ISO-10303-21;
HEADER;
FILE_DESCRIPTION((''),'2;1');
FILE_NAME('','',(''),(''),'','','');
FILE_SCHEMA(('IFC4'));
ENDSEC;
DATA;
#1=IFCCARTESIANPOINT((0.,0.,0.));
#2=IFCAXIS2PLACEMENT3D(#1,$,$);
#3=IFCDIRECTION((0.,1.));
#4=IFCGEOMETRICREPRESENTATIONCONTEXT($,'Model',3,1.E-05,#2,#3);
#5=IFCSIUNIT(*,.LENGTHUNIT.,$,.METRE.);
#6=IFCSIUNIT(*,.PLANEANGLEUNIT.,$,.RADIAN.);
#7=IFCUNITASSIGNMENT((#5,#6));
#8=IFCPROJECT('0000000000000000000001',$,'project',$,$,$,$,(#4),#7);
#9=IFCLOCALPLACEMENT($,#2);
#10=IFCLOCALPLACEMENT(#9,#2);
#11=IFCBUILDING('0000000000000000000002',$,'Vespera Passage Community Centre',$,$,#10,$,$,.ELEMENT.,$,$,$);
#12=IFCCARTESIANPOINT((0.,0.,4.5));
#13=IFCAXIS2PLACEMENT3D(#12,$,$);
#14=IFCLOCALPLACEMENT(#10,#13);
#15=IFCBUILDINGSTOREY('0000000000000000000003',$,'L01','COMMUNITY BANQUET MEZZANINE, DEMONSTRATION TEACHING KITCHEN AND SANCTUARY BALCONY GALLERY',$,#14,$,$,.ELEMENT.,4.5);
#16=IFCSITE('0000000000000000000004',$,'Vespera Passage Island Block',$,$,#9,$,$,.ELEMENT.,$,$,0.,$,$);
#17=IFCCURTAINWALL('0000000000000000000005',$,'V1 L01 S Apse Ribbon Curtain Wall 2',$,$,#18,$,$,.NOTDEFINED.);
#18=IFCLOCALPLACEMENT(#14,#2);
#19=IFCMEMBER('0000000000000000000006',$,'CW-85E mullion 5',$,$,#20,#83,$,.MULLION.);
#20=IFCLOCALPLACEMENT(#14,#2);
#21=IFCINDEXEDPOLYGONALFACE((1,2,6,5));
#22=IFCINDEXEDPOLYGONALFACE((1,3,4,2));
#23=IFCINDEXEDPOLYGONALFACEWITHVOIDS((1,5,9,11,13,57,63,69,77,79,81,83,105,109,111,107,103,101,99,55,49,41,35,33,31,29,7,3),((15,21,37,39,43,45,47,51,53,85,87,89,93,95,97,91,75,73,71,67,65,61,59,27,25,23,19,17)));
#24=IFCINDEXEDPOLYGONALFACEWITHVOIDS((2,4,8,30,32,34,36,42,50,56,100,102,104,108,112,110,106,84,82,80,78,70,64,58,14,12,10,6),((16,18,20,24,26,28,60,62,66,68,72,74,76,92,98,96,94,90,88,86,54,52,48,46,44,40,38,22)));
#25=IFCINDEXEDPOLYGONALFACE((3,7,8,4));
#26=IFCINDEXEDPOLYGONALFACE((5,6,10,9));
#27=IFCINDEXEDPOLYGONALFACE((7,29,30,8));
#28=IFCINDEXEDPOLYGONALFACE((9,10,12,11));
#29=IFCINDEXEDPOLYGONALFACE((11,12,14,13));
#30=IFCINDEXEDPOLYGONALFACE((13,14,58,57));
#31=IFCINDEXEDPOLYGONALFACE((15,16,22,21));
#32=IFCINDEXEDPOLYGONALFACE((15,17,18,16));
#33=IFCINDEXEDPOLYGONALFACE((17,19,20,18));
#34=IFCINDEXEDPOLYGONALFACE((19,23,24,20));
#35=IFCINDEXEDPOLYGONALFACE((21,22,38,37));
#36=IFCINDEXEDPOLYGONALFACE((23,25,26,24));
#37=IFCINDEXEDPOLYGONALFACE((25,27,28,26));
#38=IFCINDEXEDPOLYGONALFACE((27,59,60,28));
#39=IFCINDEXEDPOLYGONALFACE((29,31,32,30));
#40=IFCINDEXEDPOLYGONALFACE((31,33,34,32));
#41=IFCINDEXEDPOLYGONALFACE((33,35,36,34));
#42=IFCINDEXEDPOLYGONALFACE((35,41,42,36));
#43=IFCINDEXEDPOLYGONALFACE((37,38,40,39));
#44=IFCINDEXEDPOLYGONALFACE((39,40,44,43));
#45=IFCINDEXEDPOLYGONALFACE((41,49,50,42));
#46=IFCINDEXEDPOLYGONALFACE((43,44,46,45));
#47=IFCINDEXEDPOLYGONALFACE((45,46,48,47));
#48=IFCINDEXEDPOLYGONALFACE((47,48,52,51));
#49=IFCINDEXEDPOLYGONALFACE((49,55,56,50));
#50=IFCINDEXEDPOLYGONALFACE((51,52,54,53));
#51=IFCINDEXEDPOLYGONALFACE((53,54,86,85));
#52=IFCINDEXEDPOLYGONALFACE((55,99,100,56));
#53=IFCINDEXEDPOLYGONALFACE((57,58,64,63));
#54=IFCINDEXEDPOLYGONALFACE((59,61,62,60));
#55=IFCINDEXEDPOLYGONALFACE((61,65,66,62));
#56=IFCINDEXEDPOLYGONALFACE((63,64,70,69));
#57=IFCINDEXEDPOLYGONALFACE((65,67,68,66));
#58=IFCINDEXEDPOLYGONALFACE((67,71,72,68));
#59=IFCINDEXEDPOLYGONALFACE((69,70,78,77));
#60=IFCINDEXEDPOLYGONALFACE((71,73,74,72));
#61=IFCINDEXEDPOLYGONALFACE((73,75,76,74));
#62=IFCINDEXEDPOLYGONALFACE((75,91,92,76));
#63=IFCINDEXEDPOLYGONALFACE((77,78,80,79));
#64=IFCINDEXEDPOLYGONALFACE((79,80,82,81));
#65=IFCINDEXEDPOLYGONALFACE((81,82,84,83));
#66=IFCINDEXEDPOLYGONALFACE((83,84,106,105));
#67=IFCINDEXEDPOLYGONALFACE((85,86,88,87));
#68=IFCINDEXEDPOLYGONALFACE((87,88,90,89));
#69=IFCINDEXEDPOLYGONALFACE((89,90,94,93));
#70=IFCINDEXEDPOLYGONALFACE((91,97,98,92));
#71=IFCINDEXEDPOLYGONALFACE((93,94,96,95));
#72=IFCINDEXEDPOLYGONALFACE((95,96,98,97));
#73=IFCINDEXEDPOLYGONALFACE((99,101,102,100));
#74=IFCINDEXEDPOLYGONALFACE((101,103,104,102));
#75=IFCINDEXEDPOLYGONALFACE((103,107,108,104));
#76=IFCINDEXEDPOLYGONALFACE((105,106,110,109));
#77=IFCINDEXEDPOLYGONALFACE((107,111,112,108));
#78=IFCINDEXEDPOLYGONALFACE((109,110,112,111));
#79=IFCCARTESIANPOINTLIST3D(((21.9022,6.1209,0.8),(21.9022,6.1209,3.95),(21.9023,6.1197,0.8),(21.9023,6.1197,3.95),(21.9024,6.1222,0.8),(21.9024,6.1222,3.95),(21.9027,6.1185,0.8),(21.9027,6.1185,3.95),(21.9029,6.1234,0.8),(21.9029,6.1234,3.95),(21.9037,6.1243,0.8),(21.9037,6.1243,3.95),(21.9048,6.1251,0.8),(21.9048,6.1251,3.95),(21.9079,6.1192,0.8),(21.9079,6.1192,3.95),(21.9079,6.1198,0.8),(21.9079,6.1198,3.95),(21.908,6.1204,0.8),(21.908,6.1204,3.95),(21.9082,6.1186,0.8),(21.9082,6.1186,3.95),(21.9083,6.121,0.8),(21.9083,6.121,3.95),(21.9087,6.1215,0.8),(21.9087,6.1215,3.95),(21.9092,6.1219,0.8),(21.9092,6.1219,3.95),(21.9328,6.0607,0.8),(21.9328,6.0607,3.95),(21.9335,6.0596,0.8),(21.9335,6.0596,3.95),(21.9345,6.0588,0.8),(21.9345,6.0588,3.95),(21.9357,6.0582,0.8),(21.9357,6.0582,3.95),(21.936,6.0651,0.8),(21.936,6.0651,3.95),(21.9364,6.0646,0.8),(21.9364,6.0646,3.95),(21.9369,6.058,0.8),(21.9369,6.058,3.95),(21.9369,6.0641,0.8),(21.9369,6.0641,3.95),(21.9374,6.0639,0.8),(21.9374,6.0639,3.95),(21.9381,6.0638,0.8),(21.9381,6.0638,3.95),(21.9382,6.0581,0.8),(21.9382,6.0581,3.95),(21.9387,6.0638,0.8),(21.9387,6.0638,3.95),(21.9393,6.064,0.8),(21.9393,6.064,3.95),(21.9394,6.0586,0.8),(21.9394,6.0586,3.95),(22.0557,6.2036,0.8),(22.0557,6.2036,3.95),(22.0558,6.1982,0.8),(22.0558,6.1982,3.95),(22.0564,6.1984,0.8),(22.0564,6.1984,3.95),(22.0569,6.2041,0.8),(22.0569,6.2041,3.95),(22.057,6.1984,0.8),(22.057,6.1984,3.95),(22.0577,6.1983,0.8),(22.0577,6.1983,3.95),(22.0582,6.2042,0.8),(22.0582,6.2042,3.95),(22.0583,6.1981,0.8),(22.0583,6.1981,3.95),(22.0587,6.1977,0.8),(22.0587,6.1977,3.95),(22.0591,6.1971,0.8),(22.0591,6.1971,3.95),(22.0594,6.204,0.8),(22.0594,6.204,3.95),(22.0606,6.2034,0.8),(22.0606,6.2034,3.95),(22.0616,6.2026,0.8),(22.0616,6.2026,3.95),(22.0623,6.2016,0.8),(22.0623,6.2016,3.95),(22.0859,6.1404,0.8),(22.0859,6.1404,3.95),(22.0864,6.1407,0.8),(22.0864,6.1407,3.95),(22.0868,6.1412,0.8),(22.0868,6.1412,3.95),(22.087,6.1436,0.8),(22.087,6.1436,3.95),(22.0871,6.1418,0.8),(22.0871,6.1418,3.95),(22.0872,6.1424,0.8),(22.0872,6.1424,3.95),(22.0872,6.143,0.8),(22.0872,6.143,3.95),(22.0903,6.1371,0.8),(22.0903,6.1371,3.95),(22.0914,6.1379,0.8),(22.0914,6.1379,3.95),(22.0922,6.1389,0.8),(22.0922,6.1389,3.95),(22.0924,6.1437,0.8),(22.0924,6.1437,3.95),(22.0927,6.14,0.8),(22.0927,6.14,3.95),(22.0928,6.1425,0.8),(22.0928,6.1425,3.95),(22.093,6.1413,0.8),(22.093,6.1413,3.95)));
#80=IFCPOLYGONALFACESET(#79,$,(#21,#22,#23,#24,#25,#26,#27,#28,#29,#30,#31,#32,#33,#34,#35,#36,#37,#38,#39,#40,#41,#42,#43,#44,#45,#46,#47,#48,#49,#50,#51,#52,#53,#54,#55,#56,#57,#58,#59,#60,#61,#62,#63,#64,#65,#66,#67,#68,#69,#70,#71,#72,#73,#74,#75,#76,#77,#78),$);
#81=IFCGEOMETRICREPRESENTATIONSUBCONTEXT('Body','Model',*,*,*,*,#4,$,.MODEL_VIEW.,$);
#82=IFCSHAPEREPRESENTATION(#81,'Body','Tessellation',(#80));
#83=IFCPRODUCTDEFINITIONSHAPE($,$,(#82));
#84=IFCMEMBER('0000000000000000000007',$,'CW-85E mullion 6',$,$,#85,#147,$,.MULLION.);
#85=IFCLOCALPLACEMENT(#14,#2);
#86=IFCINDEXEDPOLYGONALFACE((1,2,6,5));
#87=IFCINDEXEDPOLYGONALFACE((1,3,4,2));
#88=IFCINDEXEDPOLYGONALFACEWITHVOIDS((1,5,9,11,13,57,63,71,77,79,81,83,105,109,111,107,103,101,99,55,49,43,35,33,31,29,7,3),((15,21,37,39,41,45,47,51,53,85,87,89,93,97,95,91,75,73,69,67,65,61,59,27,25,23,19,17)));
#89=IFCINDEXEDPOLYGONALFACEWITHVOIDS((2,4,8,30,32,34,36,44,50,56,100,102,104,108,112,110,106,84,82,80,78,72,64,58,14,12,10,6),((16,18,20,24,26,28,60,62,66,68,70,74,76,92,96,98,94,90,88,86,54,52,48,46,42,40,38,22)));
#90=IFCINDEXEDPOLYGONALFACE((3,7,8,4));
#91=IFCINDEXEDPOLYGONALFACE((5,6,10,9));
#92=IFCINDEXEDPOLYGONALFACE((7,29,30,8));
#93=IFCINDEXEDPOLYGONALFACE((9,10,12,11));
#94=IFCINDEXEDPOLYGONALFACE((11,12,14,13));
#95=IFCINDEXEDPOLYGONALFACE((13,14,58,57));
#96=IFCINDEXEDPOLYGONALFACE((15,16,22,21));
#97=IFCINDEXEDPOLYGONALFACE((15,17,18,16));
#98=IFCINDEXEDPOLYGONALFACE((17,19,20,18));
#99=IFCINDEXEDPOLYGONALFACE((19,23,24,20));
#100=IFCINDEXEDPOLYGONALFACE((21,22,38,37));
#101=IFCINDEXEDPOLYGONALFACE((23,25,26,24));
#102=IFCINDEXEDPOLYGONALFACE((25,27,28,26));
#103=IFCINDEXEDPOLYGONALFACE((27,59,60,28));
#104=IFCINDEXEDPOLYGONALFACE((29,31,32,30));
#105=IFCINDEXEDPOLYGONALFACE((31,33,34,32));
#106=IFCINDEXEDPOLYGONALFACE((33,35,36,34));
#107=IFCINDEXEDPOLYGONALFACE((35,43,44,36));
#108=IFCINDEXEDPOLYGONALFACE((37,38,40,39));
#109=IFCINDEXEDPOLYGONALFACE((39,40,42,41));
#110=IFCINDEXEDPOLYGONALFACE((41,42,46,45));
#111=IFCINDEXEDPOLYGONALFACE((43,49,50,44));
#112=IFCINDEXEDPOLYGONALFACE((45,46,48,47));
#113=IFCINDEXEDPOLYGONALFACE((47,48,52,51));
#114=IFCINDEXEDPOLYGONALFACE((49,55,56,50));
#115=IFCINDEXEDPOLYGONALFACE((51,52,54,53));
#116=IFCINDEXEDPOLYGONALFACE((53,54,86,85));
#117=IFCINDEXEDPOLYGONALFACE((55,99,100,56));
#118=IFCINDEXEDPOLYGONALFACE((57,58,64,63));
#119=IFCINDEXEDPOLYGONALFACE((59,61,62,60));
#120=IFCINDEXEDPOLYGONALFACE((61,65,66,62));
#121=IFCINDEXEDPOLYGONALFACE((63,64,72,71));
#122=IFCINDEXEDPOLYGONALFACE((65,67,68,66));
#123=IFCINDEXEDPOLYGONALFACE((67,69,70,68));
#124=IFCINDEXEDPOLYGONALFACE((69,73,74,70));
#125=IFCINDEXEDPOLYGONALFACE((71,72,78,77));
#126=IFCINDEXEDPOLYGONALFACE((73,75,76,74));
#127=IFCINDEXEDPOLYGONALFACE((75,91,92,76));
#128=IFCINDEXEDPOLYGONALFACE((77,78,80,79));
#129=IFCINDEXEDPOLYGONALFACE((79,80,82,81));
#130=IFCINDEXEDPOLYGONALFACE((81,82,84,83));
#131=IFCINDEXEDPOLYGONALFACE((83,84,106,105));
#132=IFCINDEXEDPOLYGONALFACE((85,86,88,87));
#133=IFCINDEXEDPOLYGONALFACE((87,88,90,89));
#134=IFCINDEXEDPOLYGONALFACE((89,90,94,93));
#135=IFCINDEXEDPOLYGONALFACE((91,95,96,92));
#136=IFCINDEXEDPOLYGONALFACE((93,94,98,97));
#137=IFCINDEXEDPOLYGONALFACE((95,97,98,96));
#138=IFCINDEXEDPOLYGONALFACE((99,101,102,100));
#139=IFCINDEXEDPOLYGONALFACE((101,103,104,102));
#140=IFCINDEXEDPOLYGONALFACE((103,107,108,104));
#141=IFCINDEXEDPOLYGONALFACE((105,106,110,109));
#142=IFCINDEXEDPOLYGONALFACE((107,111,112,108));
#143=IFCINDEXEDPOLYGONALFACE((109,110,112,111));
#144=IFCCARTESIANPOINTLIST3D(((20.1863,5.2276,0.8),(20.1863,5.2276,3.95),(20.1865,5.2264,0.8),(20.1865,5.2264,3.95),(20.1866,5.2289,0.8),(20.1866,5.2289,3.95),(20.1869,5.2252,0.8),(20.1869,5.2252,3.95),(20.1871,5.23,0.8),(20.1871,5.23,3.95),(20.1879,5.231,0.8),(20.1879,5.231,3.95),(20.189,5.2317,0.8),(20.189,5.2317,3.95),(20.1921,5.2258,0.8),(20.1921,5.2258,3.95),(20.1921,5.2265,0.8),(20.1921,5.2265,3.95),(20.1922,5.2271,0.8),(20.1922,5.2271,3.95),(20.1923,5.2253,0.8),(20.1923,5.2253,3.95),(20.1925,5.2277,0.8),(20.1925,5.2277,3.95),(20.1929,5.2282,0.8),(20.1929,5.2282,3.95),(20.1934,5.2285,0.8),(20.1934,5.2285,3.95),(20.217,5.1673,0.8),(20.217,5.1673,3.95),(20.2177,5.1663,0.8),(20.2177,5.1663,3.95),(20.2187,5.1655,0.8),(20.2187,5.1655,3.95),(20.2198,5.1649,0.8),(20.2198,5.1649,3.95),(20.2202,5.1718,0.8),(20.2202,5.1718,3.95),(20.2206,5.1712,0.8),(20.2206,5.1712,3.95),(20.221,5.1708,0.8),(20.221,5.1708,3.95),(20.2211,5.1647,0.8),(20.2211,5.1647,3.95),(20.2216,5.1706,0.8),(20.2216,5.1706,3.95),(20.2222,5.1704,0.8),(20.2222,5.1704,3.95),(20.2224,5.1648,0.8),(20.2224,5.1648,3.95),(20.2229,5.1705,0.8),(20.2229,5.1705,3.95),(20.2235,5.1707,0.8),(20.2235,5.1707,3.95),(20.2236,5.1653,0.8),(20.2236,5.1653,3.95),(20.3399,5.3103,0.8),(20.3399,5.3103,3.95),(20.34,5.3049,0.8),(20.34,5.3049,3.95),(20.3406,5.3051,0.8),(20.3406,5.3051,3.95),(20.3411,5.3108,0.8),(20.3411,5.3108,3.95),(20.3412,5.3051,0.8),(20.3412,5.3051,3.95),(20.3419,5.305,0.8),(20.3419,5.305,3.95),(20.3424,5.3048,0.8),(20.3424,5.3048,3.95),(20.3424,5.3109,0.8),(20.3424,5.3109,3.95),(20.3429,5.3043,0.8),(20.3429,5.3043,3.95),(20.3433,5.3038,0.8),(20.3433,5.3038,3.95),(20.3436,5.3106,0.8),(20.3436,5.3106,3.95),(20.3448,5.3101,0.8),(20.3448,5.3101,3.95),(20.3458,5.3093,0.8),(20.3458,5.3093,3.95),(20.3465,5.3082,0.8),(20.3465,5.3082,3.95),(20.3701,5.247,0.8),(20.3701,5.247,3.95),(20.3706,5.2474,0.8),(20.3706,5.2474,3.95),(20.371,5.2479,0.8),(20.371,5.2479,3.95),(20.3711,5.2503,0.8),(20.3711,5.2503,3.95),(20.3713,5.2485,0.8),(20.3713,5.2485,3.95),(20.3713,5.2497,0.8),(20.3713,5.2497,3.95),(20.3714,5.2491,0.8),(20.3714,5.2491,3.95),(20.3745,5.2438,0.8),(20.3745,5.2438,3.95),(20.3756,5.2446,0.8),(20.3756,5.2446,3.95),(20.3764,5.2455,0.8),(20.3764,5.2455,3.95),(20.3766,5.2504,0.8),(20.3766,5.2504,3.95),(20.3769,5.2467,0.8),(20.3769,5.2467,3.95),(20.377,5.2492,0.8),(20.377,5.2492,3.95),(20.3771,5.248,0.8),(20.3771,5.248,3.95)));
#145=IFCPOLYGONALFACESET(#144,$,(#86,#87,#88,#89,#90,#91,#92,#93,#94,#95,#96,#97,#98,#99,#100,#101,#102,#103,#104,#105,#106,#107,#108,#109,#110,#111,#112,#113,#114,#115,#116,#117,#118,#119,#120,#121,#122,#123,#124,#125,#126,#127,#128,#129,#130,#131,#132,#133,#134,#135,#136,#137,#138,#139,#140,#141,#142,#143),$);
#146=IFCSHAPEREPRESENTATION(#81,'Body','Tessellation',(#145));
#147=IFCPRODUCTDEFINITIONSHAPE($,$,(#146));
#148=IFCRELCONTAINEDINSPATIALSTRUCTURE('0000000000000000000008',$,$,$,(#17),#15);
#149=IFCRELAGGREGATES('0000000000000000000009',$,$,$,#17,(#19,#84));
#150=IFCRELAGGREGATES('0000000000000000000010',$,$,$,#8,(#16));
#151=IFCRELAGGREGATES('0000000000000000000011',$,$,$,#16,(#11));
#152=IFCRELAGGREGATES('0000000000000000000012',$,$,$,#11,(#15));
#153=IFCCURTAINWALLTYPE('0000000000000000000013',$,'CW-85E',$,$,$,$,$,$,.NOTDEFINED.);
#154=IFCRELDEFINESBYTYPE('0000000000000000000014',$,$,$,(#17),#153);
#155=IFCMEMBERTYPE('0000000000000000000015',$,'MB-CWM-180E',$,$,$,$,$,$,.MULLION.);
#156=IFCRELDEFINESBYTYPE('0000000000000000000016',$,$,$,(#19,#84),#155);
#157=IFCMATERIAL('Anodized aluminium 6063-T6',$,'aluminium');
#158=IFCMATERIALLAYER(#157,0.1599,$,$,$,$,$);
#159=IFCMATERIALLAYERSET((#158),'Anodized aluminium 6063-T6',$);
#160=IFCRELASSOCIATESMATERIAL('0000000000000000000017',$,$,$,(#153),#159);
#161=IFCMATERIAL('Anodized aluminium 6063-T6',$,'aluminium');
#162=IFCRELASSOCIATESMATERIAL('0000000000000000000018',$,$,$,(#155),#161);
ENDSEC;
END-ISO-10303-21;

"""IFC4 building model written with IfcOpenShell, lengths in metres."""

from ifc_helpers import new_model, si_unit, direction, frame, origin, origin_2d, place, context, subcontext, project, spatial, hollow_rectangle, extrude, material, layer, layer_set, material_profile, profile_set, type_object, element, aggregate, save


model = new_model("IFC4")

# Units and contexts
model_context = context("Model", 3, precision=1e-05, world=origin(), true_north=direction((0.0, 1.0)))
body_context = subcontext(model_context, "Body", "Model", "MODEL_VIEW")
ifc_project = project(units=[si_unit("LENGTHUNIT", "METRE"), si_unit("PLANEANGLEUNIT", "RADIAN")], contexts=[model_context])

# Site, building, storey
site_placement = place(None, origin())
site = spatial("IfcSite", under=ifc_project, at=site_placement, Name="Vespera Passage Island Block", CompositionType="ELEMENT", RefElevation=0.0)
building_placement = place(site_placement, origin())
building = spatial("IfcBuilding", under=site, at=building_placement, Name="Vespera Passage Community Centre", CompositionType="ELEMENT")
storey_placement = place(building_placement, frame((0.0, 0.0, 4.5)))
storey = spatial("IfcBuildingStorey", under=building, at=storey_placement, Name="L01", Description="COMMUNITY BANQUET MEZZANINE, DEMONSTRATION TEACHING KITCHEN AND SANCTUARY BALCONY GALLERY", CompositionType="ELEMENT", Elevation=4.5)

# Curtain wall, members
ifc_material_1 = material(Name="Anodized aluminium 6063-T6", Category="aluminium")
ifc_layer_1 = layer(ifc_material_1, 0.1599)
ifc_layer_set_1 = layer_set([ifc_layer_1], Name="Anodized aluminium 6063-T6")
curtain_wall_type = type_object("IfcCurtainWallType", Name="CW-85E", PredefinedType="NOTDEFINED", material=ifc_layer_set_1)
curtain_wall_placement = place(storey_placement, origin())
curtain_wall = element("IfcCurtainWall", 1, at=curtain_wall_placement, inside=storey, type_object=curtain_wall_type, Name="V1 L01 S Apse Ribbon Curtain Wall 2", PredefinedType="NOTDEFINED")
ifc_material_2 = material(Name="Anodized aluminium 6063-T6", Category="aluminium")
ifc_material_profile_1 = material_profile(ifc_material_2, hollow_rectangle(XDim=0.075, YDim=0.1799, WallThickness=0.0049, InnerFilletRadius=0.0024, OuterFilletRadius=0.0049, at=origin_2d()), Name="ALU180X75X5")
ifc_profile_set_1 = profile_set([ifc_material_profile_1], Name="Anodized aluminium 6063-T6")
member_type_1 = type_object("IfcMemberType", Name="MB-CWM-180E", PredefinedType="MULLION", material=ifc_profile_set_1)
member_1_placement = place(storey_placement, frame((21.9976, 6.1311, 0.8), z_axis=(0.0, 0.0, 1.0), x_axis=(0.461745, -0.887013, 0.0)))
member_1 = element("IfcMember", 2, at=member_1_placement, type_object=member_type_1, Name="CW-85E mullion 5", PredefinedType="MULLION", context=body_context, shape_type="SweptSolid", body=[
    extrude(hollow_rectangle(XDim=0.075, YDim=0.1799, WallThickness=0.0049, InnerFilletRadius=0.0024, OuterFilletRadius=0.0049, at=origin_2d()), origin(), (0.0, 0.0, 1.0), 3.1499),
])
member_2_placement = place(storey_placement, frame((20.2817, 5.2378, 0.8), z_axis=(0.0, 0.0, 1.0), x_axis=(0.461745, -0.887013, 0.0)))
member_2 = element("IfcMember", 3, at=member_2_placement, type_object=member_type_1, Name="CW-85E mullion 6", PredefinedType="MULLION", context=body_context, shape_type="SweptSolid", body=[
    extrude(hollow_rectangle(XDim=0.075, YDim=0.1799, WallThickness=0.0049, InnerFilletRadius=0.0024, OuterFilletRadius=0.0049, at=origin_2d()), origin(), (0.0, 0.0, 1.0), 3.1499),
])
aggregate(curtain_wall, [member_1, member_2])

save(model, "model.ifc")
